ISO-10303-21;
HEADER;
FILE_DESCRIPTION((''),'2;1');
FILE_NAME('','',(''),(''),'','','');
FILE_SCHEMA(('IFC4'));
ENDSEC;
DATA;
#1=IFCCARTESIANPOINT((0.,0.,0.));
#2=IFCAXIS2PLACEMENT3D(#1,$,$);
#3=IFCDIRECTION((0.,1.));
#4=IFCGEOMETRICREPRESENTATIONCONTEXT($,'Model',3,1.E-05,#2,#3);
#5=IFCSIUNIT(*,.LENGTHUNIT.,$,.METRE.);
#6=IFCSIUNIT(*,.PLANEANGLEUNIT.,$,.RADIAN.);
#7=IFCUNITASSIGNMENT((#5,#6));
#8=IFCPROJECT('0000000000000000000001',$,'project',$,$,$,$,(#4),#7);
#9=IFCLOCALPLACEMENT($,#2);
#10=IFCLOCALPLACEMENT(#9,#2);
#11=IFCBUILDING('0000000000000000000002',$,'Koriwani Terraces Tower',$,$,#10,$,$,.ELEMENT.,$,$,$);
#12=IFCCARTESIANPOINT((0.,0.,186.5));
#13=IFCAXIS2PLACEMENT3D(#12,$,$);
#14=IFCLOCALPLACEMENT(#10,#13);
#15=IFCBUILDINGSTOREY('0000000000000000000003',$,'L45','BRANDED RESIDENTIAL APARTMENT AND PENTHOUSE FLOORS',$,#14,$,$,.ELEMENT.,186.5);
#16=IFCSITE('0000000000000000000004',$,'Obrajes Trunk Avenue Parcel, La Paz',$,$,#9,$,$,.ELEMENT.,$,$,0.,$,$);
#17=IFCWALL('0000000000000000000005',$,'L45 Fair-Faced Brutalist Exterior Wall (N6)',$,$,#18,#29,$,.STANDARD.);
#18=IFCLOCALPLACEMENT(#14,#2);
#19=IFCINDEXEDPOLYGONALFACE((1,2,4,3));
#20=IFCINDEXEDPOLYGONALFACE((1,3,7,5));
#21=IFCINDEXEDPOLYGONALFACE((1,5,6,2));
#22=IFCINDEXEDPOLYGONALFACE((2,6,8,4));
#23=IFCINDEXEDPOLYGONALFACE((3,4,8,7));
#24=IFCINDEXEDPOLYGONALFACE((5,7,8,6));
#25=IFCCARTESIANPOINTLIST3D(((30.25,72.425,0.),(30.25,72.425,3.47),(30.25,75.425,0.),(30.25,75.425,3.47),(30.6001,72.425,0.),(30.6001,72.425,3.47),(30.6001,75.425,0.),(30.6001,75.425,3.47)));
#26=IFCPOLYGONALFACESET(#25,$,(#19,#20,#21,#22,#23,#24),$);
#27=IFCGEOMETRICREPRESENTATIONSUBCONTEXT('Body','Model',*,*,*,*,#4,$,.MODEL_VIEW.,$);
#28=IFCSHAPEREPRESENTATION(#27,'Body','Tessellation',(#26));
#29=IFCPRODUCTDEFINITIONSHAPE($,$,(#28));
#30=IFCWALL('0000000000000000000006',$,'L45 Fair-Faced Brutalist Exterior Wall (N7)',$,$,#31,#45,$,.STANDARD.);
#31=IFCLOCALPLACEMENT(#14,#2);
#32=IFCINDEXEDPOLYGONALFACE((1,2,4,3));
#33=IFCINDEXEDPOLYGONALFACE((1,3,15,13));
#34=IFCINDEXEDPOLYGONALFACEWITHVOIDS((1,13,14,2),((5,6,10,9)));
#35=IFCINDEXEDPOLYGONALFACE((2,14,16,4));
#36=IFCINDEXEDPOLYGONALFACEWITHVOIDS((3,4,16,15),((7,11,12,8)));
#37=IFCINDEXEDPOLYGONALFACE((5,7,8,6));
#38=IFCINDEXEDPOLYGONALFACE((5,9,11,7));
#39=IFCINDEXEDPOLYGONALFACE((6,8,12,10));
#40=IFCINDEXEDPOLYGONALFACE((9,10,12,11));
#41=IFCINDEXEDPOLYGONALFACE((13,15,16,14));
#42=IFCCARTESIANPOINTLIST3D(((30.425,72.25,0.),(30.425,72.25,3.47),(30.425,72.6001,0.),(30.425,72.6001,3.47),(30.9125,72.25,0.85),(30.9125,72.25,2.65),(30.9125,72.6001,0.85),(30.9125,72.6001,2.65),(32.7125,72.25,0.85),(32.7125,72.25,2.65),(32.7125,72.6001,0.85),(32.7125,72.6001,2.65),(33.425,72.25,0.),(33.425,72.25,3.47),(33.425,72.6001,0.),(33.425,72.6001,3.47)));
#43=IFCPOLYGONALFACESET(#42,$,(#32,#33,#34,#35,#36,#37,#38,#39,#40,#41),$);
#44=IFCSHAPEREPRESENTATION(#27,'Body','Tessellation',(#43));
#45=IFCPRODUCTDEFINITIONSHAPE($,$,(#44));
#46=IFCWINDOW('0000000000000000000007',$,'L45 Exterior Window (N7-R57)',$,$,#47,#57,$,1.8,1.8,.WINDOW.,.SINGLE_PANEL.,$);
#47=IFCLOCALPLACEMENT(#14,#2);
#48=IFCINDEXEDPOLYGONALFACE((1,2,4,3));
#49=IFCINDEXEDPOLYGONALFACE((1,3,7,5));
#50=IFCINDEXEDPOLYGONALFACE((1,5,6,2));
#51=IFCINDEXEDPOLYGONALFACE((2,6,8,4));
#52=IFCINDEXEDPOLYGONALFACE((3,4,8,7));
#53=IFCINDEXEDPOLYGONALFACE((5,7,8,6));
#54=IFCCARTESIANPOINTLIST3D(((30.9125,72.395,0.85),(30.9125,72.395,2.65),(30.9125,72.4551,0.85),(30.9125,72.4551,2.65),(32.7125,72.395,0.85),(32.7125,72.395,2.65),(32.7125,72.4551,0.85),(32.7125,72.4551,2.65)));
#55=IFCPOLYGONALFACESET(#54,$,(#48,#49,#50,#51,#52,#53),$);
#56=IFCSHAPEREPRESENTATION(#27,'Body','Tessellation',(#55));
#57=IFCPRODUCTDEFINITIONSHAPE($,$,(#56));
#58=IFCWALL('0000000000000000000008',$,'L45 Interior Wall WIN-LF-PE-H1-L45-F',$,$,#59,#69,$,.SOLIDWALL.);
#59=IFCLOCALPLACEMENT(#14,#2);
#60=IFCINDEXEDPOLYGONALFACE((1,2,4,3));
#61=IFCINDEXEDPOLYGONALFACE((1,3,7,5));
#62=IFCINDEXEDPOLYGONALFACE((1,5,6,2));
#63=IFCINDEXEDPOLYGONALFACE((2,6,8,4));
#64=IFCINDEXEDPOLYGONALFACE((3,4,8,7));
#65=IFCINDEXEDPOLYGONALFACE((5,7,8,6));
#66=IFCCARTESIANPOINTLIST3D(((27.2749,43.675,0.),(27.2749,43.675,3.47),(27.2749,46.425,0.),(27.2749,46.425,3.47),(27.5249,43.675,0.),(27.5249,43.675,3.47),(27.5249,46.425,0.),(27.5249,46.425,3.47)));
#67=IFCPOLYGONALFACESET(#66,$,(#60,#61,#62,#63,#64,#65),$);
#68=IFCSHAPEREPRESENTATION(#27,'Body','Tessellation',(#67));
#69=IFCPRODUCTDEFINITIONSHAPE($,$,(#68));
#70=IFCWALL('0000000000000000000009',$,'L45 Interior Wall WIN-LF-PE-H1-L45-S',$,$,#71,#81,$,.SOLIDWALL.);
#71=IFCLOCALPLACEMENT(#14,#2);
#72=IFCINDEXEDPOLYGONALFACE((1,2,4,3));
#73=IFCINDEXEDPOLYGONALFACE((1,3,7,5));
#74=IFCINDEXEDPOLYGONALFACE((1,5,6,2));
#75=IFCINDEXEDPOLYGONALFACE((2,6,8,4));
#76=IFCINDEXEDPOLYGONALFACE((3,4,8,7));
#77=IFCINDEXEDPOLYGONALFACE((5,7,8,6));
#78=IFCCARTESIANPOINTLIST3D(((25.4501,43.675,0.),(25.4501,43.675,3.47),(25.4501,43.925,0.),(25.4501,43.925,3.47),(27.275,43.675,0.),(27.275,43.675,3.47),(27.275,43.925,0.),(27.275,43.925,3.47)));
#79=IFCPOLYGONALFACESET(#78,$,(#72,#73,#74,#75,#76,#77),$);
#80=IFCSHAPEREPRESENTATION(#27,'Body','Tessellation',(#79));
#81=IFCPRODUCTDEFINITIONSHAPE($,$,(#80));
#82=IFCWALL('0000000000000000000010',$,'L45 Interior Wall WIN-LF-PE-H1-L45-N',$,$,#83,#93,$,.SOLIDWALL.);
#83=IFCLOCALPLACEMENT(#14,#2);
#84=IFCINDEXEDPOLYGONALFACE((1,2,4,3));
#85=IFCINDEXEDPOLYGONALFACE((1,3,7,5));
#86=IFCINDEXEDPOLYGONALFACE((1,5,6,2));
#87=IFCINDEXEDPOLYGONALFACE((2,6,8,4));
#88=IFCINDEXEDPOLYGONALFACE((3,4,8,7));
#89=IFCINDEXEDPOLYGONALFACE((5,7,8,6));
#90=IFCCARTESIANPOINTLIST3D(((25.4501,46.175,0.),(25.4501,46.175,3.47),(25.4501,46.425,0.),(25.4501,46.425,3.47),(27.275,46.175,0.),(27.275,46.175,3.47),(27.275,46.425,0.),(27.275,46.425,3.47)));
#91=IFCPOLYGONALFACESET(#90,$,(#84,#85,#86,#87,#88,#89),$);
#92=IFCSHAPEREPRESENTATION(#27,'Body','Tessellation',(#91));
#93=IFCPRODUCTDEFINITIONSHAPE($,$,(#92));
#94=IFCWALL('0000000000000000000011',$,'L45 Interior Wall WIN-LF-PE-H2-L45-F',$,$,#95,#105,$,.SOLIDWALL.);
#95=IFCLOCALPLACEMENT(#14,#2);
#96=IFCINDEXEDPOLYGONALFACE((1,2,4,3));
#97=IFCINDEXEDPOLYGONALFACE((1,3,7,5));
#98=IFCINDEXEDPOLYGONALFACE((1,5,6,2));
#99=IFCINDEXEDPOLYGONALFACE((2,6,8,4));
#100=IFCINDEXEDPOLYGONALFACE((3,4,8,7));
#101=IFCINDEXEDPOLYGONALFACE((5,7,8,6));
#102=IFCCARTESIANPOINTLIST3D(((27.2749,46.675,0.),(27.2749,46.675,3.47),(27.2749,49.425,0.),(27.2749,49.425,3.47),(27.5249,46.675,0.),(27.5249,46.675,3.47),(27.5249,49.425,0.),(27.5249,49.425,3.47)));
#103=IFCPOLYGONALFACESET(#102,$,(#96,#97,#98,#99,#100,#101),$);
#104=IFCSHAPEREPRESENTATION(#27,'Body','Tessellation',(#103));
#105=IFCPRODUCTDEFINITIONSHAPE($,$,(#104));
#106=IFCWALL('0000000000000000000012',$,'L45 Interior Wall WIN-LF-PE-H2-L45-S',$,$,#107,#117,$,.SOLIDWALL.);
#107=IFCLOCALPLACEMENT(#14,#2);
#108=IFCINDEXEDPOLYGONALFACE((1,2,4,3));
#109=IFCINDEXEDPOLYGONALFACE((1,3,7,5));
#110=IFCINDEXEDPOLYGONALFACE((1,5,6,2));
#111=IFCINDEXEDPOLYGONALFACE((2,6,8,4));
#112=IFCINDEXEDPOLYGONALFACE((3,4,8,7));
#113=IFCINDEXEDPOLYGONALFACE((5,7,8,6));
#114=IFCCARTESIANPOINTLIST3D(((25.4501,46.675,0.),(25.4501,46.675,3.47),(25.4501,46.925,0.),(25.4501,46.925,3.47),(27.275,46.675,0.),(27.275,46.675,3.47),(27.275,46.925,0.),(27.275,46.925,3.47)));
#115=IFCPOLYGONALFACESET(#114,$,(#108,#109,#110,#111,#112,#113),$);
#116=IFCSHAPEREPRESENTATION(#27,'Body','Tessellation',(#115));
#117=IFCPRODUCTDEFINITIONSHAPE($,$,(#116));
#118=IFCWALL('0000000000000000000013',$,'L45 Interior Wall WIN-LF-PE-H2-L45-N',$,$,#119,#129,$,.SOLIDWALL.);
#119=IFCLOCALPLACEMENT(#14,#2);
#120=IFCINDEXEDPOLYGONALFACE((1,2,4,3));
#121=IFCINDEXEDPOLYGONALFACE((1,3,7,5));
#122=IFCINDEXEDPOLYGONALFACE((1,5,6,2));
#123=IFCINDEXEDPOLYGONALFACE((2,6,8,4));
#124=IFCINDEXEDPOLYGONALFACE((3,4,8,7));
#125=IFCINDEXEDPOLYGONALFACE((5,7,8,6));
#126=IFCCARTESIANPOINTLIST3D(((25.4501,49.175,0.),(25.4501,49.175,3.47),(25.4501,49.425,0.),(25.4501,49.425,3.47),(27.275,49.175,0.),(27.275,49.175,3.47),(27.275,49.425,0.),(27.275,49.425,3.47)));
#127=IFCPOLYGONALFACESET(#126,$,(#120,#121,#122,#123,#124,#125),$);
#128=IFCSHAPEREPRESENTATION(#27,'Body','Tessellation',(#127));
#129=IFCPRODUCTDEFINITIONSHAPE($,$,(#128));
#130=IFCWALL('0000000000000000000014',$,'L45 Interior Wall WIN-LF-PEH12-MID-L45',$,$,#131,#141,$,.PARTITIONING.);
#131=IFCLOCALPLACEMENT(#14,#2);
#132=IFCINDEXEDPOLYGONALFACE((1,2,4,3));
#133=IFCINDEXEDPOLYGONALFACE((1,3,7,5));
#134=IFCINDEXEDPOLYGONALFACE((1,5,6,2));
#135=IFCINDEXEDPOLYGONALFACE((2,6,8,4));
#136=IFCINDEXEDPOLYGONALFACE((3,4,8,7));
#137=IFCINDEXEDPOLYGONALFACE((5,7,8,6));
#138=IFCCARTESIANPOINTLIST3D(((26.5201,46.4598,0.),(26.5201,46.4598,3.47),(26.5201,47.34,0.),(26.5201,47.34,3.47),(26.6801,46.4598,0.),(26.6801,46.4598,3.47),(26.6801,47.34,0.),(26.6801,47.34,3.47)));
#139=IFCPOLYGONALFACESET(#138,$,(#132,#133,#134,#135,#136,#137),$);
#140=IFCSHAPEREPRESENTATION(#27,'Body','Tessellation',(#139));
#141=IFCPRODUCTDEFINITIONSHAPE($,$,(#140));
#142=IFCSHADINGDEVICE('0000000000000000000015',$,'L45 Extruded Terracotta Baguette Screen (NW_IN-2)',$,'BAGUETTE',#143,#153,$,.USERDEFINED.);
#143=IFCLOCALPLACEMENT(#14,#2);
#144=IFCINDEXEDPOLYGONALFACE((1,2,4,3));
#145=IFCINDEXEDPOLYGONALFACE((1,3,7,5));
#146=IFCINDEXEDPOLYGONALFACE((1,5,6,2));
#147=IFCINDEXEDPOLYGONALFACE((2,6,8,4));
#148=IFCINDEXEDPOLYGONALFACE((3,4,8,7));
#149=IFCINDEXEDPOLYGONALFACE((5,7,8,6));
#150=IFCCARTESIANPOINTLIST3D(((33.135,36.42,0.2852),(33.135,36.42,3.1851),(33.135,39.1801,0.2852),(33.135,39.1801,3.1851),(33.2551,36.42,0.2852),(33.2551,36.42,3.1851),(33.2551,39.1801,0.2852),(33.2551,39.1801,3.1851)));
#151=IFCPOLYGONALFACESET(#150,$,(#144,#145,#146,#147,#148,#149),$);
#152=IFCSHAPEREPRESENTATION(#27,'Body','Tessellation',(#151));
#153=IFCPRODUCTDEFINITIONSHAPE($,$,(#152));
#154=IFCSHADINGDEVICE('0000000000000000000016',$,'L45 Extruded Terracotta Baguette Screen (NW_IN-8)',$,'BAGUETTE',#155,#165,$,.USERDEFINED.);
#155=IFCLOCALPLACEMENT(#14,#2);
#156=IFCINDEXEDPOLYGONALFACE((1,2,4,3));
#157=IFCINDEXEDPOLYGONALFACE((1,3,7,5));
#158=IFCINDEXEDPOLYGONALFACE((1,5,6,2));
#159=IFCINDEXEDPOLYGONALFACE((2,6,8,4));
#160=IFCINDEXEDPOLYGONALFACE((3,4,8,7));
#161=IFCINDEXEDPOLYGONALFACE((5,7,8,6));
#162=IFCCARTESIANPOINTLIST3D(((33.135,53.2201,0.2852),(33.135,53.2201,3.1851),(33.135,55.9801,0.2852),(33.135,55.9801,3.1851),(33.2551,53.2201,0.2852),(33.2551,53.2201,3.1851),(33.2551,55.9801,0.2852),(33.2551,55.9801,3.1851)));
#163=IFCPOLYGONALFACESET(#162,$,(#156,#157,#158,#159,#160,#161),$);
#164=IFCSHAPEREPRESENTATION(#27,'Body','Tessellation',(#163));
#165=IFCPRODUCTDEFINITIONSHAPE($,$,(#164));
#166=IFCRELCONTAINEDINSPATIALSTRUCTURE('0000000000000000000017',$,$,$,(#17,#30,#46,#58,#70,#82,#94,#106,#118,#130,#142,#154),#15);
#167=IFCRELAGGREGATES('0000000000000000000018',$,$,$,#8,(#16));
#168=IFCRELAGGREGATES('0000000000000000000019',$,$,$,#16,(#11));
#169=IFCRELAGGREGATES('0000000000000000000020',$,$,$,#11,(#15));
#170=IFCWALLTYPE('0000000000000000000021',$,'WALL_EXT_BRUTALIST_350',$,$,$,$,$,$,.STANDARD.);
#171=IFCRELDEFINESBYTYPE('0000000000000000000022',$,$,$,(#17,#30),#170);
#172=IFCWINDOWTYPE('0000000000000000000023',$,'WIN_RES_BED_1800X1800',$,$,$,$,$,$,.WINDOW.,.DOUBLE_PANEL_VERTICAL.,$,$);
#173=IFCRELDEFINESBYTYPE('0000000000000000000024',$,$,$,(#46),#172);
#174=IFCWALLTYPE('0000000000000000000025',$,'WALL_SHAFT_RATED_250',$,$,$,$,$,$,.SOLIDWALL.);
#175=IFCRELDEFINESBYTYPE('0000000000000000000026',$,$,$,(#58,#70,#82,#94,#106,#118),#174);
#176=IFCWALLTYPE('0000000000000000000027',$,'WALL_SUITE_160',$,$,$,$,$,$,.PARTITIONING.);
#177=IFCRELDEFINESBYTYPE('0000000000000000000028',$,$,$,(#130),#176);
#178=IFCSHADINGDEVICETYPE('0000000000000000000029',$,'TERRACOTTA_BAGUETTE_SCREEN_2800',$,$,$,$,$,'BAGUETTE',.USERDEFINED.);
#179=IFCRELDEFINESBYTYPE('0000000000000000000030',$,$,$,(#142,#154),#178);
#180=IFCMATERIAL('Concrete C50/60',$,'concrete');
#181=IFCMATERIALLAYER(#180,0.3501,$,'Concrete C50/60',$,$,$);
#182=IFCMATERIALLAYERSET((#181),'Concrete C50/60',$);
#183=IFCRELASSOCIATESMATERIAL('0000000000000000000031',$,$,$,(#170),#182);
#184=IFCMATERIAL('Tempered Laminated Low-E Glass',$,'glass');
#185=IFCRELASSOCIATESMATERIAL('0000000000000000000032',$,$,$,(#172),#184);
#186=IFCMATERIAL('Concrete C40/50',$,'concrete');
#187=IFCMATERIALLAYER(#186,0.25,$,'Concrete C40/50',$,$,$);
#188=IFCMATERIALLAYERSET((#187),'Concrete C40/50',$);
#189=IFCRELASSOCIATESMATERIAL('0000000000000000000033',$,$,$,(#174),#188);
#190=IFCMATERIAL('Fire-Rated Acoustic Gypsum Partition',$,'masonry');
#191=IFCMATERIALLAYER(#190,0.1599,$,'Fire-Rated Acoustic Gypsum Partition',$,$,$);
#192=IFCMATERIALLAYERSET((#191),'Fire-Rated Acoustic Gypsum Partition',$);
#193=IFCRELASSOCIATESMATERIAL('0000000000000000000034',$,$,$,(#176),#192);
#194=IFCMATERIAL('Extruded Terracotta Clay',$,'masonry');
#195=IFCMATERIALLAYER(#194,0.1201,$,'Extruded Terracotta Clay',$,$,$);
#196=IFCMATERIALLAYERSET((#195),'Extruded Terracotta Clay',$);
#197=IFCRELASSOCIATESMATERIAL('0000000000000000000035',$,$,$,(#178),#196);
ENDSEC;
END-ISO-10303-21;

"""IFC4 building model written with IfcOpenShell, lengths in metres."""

from ifc_helpers import new_model, si_unit, direction, frame, frame_2d, origin, origin_2d, place, context, subcontext, project, spatial, rectangle, extrude, material, layer, layer_set, type_object, element, fill, save


model = new_model("IFC4")

# Units and contexts
model_context = context("Model", 3, precision=1e-05, world=origin(), true_north=direction((0.0, 1.0)))
body_context = subcontext(model_context, "Body", "Model", "MODEL_VIEW")
ifc_project = project(units=[si_unit("LENGTHUNIT", "METRE"), si_unit("PLANEANGLEUNIT", "RADIAN")], contexts=[model_context])

# Site, building, storey
site_placement = place(None, origin())
site = spatial("IfcSite", under=ifc_project, at=site_placement, Name="Obrajes Trunk Avenue Parcel, La Paz", CompositionType="ELEMENT", RefElevation=0.0)
building_placement = place(site_placement, origin())
building = spatial("IfcBuilding", under=site, at=building_placement, Name="Koriwani Terraces Tower", CompositionType="ELEMENT")
storey_placement = place(building_placement, frame((0.0, 0.0, 186.5)))
storey = spatial("IfcBuildingStorey", under=building, at=storey_placement, Name="L45", Description="BRANDED RESIDENTIAL APARTMENT AND PENTHOUSE FLOORS", CompositionType="ELEMENT", Elevation=186.5)

# Shared definitions
ifc_material_1 = material(Name="Concrete C50/60", Category="concrete")

# Wall
ifc_layer_1 = layer(ifc_material_1, 0.3501, Name="Concrete C50/60")
ifc_layer_set_1 = layer_set([ifc_layer_1], Name="Concrete C50/60")
wall_type_1 = type_object("IfcWallType", Name="WALL_EXT_BRUTALIST_350", PredefinedType="STANDARD", material=ifc_layer_set_1)
wall_1_placement = place(storey_placement, frame((30.425, 75.425, 0.0), z_axis=(0.0, 0.0, 1.0), x_axis=(0.0, -1.0, 0.0)))
element("IfcWall", 1, at=wall_1_placement, inside=storey, type_object=wall_type_1, Name="L45 Fair-Faced Brutalist Exterior Wall (N6)", PredefinedType="STANDARD", context=body_context, shape_type="SweptSolid", body=[
    extrude(rectangle(XDim=3.0, YDim=0.3501, at=frame_2d((1.5, 0.0))), origin(), (0.0, 0.0, 1.0), 3.47),
])

# Wall, opening, window
wall_2_placement = place(storey_placement, frame((30.425, 72.425, 0.0), z_axis=(0.0, 0.0, 1.0), x_axis=(1.0, 0.0, 0.0)))
wall_2 = element("IfcWall", 2, at=wall_2_placement, inside=storey, type_object=wall_type_1, Name="L45 Fair-Faced Brutalist Exterior Wall (N7)", PredefinedType="STANDARD", context=body_context, shape_type="SweptSolid", body=[
    extrude(rectangle(XDim=3.0, YDim=0.3501, at=frame_2d((1.5, 0.0))), origin(), (0.0, 0.0, 1.0), 3.47),
])
opening_1_placement = place(wall_2_placement, frame((0.4875, 0.0, 0.8501)))
opening_1 = element("IfcOpeningElement", 3, at=opening_1_placement, cuts=wall_2, PredefinedType="OPENING", context=body_context, shape_type="SweptSolid", body=[
    extrude(rectangle(XDim=1.8, YDim=1.8, at=frame_2d((0.8999, 0.8999))), frame((0.0, 0.1851, 0.0), z_axis=(0.0, -1.0, 0.0), x_axis=(1.0, 0.0, 0.0)), (0.0, 0.0, 1.0), 0.3701),
])
ifc_material_2 = material(Name="Tempered Laminated Low-E Glass", Category="glass")
window_type = type_object("IfcWindowType", Name="WIN_RES_BED_1800X1800", PartitioningType="DOUBLE_PANEL_VERTICAL", PredefinedType="WINDOW", material=ifc_material_2)
window_placement = place(opening_1_placement, origin())
window = element("IfcWindow", 4, at=window_placement, inside=storey, type_object=window_type, Name="L45 Exterior Window (N7-R57)", OverallHeight=1.8, OverallWidth=1.8, PartitioningType="SINGLE_PANEL", PredefinedType="WINDOW", context=body_context, shape_type="SweptSolid", body=[
    extrude(rectangle(XDim=1.8, YDim=1.8, at=frame_2d((0.8999, 0.8999))), frame((0.0, 0.03, 0.0), z_axis=(0.0, -1.0, 0.0), x_axis=(1.0, 0.0, 0.0)), (0.0, 0.0, 1.0), 0.0601),
])
fill(opening_1, window)

# Shared definitions
ifc_material_3 = material(Name="Concrete C40/50", Category="concrete")
ifc_layer_2 = layer(ifc_material_3, 0.25, Name="Concrete C40/50")
ifc_layer_set_2 = layer_set([ifc_layer_2], Name="Concrete C40/50")
wall_type_2 = type_object("IfcWallType", Name="WALL_SHAFT_RATED_250", PredefinedType="SOLIDWALL", material=ifc_layer_set_2)

# Walls
wall_3_placement = place(storey_placement, frame((27.3999, 43.675, 0.0), z_axis=(0.0, 0.0, 1.0), x_axis=(0.0, 1.0, 0.0)))
element("IfcWall", 5, at=wall_3_placement, inside=storey, type_object=wall_type_2, Name="L45 Interior Wall WIN-LF-PE-H1-L45-F", PredefinedType="SOLIDWALL", context=body_context, shape_type="SweptSolid", body=[
    extrude(rectangle(XDim=2.75, YDim=0.25, at=frame_2d((1.375, 0.0))), origin(), (0.0, 0.0, 1.0), 3.47),
])
for number, where, z_axis, x_axis, name in (
    (6, (25.45, 43.8, 0.0), (0.0, 0.0, 1.0), (1.0, 0.0, 0.0), "L45 Interior Wall WIN-LF-PE-H1-L45-S"),
    (7, (25.45, 46.3, 0.0), (0.0, 0.0, 1.0), (1.0, 0.0, 0.0), "L45 Interior Wall WIN-LF-PE-H1-L45-N"),
):
    element("IfcWall", number, at=place(storey_placement, frame(where, z_axis=z_axis, x_axis=x_axis)), inside=storey, type_object=wall_type_2, Name=name, PredefinedType="SOLIDWALL", context=body_context, shape_type="SweptSolid", body=[
        extrude(rectangle(XDim=1.825, YDim=0.25, at=frame_2d((0.9126, 0.0))), origin(), (0.0, 0.0, 1.0), 3.47),
    ])
wall_4_placement = place(storey_placement, frame((27.3999, 46.675, 0.0), z_axis=(0.0, 0.0, 1.0), x_axis=(0.0, 1.0, 0.0)))
element("IfcWall", 8, at=wall_4_placement, inside=storey, type_object=wall_type_2, Name="L45 Interior Wall WIN-LF-PE-H2-L45-F", PredefinedType="SOLIDWALL", context=body_context, shape_type="SweptSolid", body=[
    extrude(rectangle(XDim=2.75, YDim=0.25, at=frame_2d((1.375, 0.0))), origin(), (0.0, 0.0, 1.0), 3.47),
])
for number, where, z_axis, x_axis, name in (
    (9, (25.45, 46.8, 0.0), (0.0, 0.0, 1.0), (1.0, 0.0, 0.0), "L45 Interior Wall WIN-LF-PE-H2-L45-S"),
    (10, (25.45, 49.3, 0.0), (0.0, 0.0, 1.0), (1.0, 0.0, 0.0), "L45 Interior Wall WIN-LF-PE-H2-L45-N"),
):
    element("IfcWall", number, at=place(storey_placement, frame(where, z_axis=z_axis, x_axis=x_axis)), inside=storey, type_object=wall_type_2, Name=name, PredefinedType="SOLIDWALL", context=body_context, shape_type="SweptSolid", body=[
        extrude(rectangle(XDim=1.825, YDim=0.25, at=frame_2d((0.9126, 0.0))), origin(), (0.0, 0.0, 1.0), 3.47),
    ])
ifc_material_4 = material(Name="Fire-Rated Acoustic Gypsum Partition", Category="masonry")
ifc_layer_3 = layer(ifc_material_4, 0.1599, Name="Fire-Rated Acoustic Gypsum Partition")
ifc_layer_set_3 = layer_set([ifc_layer_3], Name="Fire-Rated Acoustic Gypsum Partition")
wall_type_3 = type_object("IfcWallType", Name="WALL_SUITE_160", PredefinedType="PARTITIONING", material=ifc_layer_set_3)
wall_5_placement = place(storey_placement, frame((26.6001, 46.46, 0.0), z_axis=(0.0, 0.0, 1.0), x_axis=(0.0, 1.0, 0.0)))
element("IfcWall", 11, at=wall_5_placement, inside=storey, type_object=wall_type_3, Name="L45 Interior Wall WIN-LF-PEH12-MID-L45", PredefinedType="PARTITIONING", context=body_context, shape_type="SweptSolid", body=[
    extrude(rectangle(XDim=0.8801, YDim=0.1599, at=frame_2d((0.4399, 0.0))), origin(), (0.0, 0.0, 1.0), 3.47),
])

# Shading devices
ifc_material_5 = material(Name="Extruded Terracotta Clay", Category="masonry")
ifc_layer_4 = layer(ifc_material_5, 0.1201, Name="Extruded Terracotta Clay")
ifc_layer_set_4 = layer_set([ifc_layer_4], Name="Extruded Terracotta Clay")
shading_device_type = type_object("IfcShadingDeviceType", Name="TERRACOTTA_BAGUETTE_SCREEN_2800", ElementType="BAGUETTE", PredefinedType="USERDEFINED", material=ifc_layer_set_4)
for number, where, z_axis, x_axis, name in (
    (12, (33.1951, 37.8, 0.2852), (0.0, 0.0, 1.0), (0.0, -1.0, 0.0), "L45 Extruded Terracotta Baguette Screen (NW_IN-2)"),
    (13, (33.1951, 54.6001, 0.2852), (0.0, 0.0, 1.0), (0.0, -1.0, 0.0), "L45 Extruded Terracotta Baguette Screen (NW_IN-8)"),
):
    element("IfcShadingDevice", number, at=place(storey_placement, frame(where, z_axis=z_axis, x_axis=x_axis)), inside=storey, type_object=shading_device_type, Name=name, ObjectType="BAGUETTE", PredefinedType="USERDEFINED", context=body_context, shape_type="SweptSolid", body=[
        extrude(rectangle(XDim=2.76, YDim=0.1201, at=origin_2d()), origin(), (0.0, 0.0, 1.0), 2.8999),
    ])

save(model, "model.ifc")
